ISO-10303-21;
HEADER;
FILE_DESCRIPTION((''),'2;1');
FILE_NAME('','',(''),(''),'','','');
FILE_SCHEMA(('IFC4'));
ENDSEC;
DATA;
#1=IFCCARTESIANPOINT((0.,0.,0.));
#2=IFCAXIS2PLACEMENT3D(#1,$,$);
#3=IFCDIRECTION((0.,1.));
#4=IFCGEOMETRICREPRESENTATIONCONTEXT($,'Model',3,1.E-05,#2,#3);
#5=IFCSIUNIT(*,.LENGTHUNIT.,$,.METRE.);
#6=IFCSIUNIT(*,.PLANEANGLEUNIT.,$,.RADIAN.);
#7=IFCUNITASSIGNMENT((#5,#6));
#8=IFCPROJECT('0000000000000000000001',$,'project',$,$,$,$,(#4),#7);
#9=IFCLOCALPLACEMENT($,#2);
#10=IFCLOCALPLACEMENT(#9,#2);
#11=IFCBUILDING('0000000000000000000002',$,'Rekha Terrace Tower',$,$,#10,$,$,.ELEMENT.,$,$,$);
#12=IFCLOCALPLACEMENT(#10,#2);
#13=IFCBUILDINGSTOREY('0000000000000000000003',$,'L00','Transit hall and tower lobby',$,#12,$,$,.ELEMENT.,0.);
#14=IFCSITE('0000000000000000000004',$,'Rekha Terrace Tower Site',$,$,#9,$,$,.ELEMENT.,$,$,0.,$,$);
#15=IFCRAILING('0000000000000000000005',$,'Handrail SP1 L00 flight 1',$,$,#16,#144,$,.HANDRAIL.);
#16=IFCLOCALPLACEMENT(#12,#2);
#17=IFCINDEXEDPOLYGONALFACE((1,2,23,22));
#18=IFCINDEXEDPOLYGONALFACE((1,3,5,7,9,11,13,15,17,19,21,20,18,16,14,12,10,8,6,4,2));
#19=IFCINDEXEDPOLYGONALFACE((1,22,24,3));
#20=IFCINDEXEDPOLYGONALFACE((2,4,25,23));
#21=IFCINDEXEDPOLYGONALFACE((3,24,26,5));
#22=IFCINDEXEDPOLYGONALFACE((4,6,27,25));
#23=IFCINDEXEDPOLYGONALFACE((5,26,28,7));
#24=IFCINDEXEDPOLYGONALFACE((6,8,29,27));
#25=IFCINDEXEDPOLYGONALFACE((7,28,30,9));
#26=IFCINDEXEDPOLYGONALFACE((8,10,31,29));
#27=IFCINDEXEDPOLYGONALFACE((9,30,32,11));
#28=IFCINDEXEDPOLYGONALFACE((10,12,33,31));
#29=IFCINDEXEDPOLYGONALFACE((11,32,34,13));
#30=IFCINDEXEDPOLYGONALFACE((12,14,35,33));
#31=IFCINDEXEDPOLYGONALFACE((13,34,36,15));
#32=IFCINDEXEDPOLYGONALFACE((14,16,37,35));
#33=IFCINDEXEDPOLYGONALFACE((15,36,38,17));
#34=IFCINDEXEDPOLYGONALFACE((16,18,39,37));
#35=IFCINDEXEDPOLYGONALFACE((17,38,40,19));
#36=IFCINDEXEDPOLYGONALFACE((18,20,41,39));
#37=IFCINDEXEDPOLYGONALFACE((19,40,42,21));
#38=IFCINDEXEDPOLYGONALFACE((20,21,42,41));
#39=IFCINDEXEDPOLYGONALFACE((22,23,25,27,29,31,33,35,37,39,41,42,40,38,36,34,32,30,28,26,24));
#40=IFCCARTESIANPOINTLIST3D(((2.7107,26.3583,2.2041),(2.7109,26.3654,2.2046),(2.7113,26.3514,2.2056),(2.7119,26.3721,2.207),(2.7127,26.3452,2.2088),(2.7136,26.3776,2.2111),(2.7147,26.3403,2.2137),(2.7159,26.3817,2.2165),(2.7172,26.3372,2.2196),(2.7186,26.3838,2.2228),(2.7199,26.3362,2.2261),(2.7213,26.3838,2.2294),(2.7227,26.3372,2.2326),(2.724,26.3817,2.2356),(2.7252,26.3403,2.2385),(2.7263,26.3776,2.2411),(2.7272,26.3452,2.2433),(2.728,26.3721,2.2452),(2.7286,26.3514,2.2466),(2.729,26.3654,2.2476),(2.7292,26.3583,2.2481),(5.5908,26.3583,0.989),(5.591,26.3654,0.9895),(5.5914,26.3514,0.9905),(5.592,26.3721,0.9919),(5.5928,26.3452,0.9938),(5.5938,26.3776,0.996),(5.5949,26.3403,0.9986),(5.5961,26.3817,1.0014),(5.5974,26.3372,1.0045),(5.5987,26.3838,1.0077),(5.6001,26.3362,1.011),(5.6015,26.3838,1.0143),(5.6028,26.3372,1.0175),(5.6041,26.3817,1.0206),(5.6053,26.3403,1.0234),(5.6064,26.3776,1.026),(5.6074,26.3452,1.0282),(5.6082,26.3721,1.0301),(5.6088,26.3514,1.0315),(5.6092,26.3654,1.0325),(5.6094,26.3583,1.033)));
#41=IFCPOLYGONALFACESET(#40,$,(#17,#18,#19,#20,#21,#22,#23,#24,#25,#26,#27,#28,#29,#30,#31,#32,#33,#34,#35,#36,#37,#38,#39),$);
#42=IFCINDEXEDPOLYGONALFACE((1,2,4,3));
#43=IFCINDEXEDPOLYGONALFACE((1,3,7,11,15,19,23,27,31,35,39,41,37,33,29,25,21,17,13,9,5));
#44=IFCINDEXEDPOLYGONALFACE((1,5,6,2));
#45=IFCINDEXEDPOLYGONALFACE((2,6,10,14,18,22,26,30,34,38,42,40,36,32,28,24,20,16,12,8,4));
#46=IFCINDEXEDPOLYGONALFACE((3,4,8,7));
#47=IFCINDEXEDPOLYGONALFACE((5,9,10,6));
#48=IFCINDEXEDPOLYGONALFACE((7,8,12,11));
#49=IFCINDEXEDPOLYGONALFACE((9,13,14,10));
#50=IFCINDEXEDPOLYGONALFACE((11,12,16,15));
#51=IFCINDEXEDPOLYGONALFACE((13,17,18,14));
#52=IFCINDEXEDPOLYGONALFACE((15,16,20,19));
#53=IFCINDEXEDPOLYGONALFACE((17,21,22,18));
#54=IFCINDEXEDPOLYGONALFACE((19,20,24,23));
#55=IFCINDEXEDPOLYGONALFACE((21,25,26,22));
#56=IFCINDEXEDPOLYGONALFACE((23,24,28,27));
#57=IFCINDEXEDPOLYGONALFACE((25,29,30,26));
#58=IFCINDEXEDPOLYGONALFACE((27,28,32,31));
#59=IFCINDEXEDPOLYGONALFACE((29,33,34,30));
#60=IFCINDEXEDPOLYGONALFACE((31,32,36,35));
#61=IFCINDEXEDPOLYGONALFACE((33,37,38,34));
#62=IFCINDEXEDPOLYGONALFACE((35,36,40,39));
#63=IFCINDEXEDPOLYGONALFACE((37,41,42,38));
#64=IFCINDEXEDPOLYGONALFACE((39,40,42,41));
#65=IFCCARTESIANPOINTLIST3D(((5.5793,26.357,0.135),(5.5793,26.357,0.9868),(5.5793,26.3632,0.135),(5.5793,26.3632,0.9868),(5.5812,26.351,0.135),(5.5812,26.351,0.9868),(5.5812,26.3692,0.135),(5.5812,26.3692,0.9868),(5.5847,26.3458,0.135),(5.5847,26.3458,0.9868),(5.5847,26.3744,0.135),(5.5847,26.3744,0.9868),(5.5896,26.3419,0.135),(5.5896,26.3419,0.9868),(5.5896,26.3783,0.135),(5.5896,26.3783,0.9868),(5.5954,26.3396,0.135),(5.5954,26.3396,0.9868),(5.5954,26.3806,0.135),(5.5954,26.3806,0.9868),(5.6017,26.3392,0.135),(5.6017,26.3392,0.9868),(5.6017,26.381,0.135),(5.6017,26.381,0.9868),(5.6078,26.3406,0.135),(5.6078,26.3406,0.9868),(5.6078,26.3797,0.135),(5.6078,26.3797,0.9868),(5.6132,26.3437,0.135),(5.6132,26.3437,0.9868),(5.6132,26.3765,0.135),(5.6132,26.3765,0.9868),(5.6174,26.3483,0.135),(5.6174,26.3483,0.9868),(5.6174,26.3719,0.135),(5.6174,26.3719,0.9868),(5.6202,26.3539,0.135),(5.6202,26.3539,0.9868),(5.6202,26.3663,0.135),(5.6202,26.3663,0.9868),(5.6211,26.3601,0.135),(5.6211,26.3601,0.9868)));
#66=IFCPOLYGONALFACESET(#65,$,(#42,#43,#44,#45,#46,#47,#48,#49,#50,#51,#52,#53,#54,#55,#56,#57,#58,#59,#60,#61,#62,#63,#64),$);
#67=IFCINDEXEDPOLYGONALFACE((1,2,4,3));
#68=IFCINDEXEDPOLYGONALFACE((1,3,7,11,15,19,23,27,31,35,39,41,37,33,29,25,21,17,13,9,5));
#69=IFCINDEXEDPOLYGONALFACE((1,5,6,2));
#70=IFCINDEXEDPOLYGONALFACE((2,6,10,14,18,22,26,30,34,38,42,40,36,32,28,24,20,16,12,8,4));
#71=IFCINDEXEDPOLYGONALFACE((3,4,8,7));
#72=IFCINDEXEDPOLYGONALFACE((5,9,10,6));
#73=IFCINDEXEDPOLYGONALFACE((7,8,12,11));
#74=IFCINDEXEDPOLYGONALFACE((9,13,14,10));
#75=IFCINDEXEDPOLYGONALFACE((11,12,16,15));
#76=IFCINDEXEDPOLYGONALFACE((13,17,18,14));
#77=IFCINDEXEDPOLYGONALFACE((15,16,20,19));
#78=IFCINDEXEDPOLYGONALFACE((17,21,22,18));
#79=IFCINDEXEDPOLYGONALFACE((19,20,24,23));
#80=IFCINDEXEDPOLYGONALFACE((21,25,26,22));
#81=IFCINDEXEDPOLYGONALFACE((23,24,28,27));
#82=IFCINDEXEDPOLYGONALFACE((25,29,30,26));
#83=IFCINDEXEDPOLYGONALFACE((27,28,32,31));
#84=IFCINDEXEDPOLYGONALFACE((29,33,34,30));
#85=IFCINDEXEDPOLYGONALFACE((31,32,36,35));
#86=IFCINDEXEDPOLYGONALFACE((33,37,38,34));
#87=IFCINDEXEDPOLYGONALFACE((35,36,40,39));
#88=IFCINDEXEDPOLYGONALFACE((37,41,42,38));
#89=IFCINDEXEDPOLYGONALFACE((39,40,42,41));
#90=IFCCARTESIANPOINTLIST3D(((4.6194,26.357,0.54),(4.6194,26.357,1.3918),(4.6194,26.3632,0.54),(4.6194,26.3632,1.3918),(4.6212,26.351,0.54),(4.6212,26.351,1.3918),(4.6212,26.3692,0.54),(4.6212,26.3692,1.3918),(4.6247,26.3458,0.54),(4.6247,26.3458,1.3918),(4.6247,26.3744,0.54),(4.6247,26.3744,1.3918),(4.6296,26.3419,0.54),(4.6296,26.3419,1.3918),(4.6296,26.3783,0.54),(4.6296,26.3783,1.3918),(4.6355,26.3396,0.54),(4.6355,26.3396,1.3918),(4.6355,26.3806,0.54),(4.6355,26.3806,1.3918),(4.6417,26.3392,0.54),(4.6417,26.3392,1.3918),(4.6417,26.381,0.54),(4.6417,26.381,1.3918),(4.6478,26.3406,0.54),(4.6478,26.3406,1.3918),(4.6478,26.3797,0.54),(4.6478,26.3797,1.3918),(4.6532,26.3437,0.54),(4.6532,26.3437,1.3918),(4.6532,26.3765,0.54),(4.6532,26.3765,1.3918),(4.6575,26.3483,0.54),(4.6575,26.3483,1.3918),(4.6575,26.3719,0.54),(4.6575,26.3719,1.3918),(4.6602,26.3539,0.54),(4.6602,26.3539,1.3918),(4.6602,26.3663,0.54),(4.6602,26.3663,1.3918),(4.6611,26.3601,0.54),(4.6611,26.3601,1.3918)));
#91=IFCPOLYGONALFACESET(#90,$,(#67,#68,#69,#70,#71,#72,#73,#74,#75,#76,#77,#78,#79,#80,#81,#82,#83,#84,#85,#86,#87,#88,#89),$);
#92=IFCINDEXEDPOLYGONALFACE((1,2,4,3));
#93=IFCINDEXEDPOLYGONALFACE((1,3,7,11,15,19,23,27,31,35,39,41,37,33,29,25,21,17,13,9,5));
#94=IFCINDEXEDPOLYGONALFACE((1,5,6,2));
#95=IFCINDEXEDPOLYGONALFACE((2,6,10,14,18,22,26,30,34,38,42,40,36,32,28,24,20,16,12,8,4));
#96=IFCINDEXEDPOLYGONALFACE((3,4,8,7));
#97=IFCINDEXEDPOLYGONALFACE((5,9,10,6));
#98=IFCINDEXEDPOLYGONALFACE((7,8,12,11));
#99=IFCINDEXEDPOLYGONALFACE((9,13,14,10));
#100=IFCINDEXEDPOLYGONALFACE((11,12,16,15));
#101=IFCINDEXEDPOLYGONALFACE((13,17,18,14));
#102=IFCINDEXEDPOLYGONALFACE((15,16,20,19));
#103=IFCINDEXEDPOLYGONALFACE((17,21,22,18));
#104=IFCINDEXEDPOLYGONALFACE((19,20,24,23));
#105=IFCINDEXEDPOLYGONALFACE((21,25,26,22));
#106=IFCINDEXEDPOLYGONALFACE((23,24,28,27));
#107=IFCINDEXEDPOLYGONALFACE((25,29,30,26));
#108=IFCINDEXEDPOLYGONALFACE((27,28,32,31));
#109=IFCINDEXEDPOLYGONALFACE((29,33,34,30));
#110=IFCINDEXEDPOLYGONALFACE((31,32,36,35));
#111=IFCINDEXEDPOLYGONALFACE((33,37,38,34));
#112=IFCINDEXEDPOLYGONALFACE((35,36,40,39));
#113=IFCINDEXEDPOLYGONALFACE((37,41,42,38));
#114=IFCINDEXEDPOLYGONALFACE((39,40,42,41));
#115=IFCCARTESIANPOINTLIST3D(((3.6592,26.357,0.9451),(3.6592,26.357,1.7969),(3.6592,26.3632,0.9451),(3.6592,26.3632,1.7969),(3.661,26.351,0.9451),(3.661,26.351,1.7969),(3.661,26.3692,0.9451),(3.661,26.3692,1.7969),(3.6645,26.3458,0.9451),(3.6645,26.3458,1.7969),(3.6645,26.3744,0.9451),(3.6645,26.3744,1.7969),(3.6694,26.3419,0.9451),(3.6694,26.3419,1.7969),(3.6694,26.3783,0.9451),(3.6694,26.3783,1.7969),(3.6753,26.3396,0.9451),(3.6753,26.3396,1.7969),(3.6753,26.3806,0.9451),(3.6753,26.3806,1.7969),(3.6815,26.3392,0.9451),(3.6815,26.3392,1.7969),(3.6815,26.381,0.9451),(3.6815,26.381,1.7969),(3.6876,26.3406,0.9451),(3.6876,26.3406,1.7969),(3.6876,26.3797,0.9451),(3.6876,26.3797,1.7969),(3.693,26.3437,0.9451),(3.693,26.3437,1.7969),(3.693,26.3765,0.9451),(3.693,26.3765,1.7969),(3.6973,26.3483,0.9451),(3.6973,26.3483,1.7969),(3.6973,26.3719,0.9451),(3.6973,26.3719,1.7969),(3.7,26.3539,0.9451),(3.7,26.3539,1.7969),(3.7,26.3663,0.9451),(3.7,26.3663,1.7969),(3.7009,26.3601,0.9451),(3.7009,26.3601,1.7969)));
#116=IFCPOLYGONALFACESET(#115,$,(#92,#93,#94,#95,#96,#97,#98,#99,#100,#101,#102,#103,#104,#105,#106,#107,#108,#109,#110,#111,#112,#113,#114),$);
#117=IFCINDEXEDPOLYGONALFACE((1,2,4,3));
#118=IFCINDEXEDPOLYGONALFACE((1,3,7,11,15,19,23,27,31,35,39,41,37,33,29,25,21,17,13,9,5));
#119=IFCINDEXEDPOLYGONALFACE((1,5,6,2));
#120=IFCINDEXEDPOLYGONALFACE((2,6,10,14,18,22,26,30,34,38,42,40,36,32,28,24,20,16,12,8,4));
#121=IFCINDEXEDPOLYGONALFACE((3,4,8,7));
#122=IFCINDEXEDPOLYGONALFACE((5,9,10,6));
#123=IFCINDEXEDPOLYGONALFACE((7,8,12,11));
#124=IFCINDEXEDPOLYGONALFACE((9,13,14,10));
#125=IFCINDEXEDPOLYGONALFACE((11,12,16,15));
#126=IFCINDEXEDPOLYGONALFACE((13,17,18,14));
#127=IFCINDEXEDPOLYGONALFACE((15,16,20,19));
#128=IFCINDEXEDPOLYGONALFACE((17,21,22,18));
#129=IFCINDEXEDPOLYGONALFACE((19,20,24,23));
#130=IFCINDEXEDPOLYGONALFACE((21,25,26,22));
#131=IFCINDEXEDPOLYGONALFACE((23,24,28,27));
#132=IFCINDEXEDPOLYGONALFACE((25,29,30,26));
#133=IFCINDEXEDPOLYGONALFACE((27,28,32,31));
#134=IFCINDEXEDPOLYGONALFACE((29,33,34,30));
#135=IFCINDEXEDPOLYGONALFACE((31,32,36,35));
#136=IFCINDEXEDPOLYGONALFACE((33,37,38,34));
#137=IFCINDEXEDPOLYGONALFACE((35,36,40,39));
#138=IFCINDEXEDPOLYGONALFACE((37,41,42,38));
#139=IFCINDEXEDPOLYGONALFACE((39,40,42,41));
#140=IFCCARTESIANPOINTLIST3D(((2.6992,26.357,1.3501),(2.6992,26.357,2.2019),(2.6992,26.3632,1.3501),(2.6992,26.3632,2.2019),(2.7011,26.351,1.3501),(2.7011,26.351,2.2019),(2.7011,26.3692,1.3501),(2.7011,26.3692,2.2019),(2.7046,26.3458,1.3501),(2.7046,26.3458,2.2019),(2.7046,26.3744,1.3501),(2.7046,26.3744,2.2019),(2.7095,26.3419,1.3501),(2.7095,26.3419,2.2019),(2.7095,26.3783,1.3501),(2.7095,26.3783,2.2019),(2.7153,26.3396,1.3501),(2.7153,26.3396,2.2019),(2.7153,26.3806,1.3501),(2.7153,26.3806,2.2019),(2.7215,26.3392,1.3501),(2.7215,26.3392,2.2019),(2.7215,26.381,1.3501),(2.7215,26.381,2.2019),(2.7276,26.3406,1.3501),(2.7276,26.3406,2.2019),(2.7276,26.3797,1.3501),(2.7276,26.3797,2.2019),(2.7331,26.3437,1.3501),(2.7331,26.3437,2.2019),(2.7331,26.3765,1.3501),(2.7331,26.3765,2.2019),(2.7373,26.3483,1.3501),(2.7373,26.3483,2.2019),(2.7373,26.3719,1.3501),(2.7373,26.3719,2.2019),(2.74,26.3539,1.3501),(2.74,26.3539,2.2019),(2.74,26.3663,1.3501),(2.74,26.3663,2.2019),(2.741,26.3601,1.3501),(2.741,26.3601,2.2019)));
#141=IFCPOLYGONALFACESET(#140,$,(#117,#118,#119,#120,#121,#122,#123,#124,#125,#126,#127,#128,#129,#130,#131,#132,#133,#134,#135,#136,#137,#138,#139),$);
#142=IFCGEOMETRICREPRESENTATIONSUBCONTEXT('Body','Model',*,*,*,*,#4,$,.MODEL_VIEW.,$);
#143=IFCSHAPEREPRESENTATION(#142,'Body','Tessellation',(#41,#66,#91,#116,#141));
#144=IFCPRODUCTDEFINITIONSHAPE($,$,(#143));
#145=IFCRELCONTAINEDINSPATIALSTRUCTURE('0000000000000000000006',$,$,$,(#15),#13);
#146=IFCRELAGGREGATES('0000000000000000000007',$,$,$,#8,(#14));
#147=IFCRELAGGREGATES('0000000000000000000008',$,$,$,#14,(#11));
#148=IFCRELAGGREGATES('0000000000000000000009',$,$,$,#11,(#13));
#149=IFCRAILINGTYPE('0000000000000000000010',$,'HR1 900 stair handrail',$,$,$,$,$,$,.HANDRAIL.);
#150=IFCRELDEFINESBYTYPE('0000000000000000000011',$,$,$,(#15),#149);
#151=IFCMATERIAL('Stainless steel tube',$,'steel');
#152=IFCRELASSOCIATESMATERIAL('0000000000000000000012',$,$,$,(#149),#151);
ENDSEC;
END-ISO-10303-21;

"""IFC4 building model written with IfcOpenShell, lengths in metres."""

from ifc_helpers import new_model, si_unit, direction, frame, origin, origin_2d, place, context, subcontext, project, spatial, circle, extrude, material, type_object, element, save


model = new_model("IFC4")

# Units and contexts
model_context = context("Model", 3, precision=1e-05, world=origin(), true_north=direction((0.0, 1.0)))
body_context = subcontext(model_context, "Body", "Model", "MODEL_VIEW")
ifc_project = project(units=[si_unit("LENGTHUNIT", "METRE"), si_unit("PLANEANGLEUNIT", "RADIAN")], contexts=[model_context])

# Site, building, storey
site_placement = place(None, origin())
site = spatial("IfcSite", under=ifc_project, at=site_placement, Name="Rekha Terrace Tower Site", CompositionType="ELEMENT", RefElevation=0.0)
building_placement = place(site_placement, origin())
building = spatial("IfcBuilding", under=site, at=building_placement, Name="Rekha Terrace Tower", CompositionType="ELEMENT")
storey_placement = place(building_placement, origin())
storey = spatial("IfcBuildingStorey", under=building, at=storey_placement, Name="L00", Description="Transit hall and tower lobby", CompositionType="ELEMENT", Elevation=0.0)

# Railing
ifc_material_1 = material(Name="Stainless steel tube", Category="steel")
railing_type_1 = type_object("IfcRailingType", Name="HR1 900 stair handrail", PredefinedType="HANDRAIL", material=ifc_material_1)
railing_1_placement = place(storey_placement, frame((5.6001, 26.3601, 0.135)))
element("IfcRailing", 1, at=railing_1_placement, inside=storey, type_object=railing_type_1, Name="Handrail SP1 L00 flight 1", PredefinedType="HANDRAIL", context=body_context, shape_type="SweptSolid", body=[
    extrude(circle(Radius=0.0239, at=origin_2d()), frame((0.0, 0.0, 0.876), z_axis=(-0.92136, 0.0, 0.38871), x_axis=(0.0, -1.0, 0.0)), (0.0, 0.0, 1.0), 3.126),
    extrude(circle(Radius=0.021, at=origin_2d()), origin(), (0.0, 0.0, 1.0), 0.8518),
    extrude(circle(Radius=0.021, at=origin_2d()), frame((-0.96, 0.0, 0.405)), (0.0, 0.0, 1.0), 0.8518),
    extrude(circle(Radius=0.021, at=origin_2d()), frame((-1.9202, 0.0, 0.8101)), (0.0, 0.0, 1.0), 0.8518),
    extrude(circle(Radius=0.021, at=origin_2d()), frame((-2.8801, 0.0, 1.2151)), (0.0, 0.0, 1.0), 0.8518),
])

save(model, "model.ifc")
